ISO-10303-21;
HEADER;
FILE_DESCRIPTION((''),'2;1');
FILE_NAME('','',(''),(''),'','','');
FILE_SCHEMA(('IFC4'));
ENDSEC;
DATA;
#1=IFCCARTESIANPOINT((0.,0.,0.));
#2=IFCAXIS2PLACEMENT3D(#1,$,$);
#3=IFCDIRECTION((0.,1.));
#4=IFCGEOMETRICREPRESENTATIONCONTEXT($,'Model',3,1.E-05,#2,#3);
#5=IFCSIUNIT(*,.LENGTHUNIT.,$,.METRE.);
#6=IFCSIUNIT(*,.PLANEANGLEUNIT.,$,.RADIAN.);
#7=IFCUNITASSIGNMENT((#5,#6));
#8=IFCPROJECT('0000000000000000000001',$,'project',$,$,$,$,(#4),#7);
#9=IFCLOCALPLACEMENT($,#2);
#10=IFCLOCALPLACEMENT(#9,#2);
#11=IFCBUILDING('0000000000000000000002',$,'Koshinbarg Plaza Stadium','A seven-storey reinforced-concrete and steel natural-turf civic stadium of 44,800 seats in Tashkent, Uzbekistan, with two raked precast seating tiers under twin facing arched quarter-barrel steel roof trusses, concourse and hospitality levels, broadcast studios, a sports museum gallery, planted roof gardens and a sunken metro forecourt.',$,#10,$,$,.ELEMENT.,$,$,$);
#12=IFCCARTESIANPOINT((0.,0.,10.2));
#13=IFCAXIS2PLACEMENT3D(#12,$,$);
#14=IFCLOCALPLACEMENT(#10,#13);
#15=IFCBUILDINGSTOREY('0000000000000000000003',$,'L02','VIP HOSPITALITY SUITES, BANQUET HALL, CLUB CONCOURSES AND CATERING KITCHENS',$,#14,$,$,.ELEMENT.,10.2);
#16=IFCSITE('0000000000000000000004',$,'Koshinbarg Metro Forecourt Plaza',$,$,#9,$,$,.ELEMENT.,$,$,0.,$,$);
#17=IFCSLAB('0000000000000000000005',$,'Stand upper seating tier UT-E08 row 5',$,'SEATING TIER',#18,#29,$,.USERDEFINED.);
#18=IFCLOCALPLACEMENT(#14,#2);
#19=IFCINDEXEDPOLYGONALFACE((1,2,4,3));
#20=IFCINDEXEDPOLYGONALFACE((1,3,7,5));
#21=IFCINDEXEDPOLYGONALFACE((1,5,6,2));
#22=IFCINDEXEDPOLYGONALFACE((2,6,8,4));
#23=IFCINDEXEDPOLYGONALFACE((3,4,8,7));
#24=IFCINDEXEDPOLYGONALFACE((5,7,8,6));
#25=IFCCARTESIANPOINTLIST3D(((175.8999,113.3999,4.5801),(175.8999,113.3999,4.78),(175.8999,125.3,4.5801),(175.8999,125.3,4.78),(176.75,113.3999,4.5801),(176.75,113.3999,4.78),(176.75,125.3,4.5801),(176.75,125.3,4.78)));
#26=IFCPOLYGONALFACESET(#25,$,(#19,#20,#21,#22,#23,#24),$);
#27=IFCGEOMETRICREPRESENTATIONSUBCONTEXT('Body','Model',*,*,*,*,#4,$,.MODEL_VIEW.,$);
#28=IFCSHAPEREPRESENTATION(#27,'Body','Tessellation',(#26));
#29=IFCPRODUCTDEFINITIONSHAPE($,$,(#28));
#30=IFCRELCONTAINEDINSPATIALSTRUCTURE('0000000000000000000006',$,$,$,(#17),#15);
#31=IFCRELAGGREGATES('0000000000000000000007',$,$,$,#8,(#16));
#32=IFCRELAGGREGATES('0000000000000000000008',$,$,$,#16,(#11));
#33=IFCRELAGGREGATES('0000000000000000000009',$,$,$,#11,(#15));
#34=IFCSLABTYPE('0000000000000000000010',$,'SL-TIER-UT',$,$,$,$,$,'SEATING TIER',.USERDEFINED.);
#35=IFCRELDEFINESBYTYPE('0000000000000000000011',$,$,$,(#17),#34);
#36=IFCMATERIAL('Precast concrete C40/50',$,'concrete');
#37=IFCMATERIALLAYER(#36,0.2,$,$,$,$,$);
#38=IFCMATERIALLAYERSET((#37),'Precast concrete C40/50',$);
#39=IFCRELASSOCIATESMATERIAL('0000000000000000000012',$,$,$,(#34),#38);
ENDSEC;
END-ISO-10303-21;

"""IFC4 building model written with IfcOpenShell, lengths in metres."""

from ifc_helpers import new_model, si_unit, direction, frame, origin, place, context, subcontext, project, spatial, polyline, outline, extrude, material, layer, layer_set, type_object, element, save


model = new_model("IFC4")

# Units and contexts
model_context = context("Model", 3, precision=1e-05, world=origin(), true_north=direction((0.0, 1.0)))
body_context = subcontext(model_context, "Body", "Model", "MODEL_VIEW")
ifc_project = project(units=[si_unit("LENGTHUNIT", "METRE"), si_unit("PLANEANGLEUNIT", "RADIAN")], contexts=[model_context])

# Site, building, storey
site_placement = place(None, origin())
site = spatial("IfcSite", under=ifc_project, at=site_placement, Name="Koshinbarg Metro Forecourt Plaza", CompositionType="ELEMENT", RefElevation=0.0)
building_placement = place(site_placement, origin())
building = spatial("IfcBuilding", under=site, at=building_placement, Name="Koshinbarg Plaza Stadium", Description="A seven-storey reinforced-concrete and steel natural-turf civic stadium of 44,800 seats in Tashkent, Uzbekistan, with two raked precast seating tiers under twin facing arched quarter-barrel steel roof trusses, concourse and hospitality levels, broadcast studios, a sports museum gallery, planted roof gardens and a sunken metro forecourt.", CompositionType="ELEMENT")
storey_placement = place(building_placement, frame((0.0, 0.0, 10.2)))
storey = spatial("IfcBuildingStorey", under=building, at=storey_placement, Name="L02", Description="VIP HOSPITALITY SUITES, BANQUET HALL, CLUB CONCOURSES AND CATERING KITCHENS", CompositionType="ELEMENT", Elevation=10.2)

# Slab
ifc_material = material(Name="Precast concrete C40/50", Category="concrete")
ifc_layer = layer(ifc_material, 0.2)
ifc_layer_set = layer_set([ifc_layer], Name="Precast concrete C40/50")
slab_type = type_object("IfcSlabType", Name="SL-TIER-UT", ElementType="SEATING TIER", PredefinedType="USERDEFINED", material=ifc_layer_set)
slab_1_placement = place(storey_placement, frame((0.0, 0.0, 4.5801)))
element("IfcSlab", 1, at=slab_1_placement, inside=storey, type_object=slab_type, Name="Stand upper seating tier UT-E08 row 5", ObjectType="SEATING TIER", PredefinedType="USERDEFINED", context=body_context, shape_type="SweptSolid", body=[
    extrude(outline(polyline([(175.8999, 113.3999), (176.75, 113.3999), (176.75, 125.3), (175.8999, 125.3), (175.8999, 113.3999)])), origin(), (0.0, 0.0, 1.0), 0.2),
])

save(model, "model.ifc")
